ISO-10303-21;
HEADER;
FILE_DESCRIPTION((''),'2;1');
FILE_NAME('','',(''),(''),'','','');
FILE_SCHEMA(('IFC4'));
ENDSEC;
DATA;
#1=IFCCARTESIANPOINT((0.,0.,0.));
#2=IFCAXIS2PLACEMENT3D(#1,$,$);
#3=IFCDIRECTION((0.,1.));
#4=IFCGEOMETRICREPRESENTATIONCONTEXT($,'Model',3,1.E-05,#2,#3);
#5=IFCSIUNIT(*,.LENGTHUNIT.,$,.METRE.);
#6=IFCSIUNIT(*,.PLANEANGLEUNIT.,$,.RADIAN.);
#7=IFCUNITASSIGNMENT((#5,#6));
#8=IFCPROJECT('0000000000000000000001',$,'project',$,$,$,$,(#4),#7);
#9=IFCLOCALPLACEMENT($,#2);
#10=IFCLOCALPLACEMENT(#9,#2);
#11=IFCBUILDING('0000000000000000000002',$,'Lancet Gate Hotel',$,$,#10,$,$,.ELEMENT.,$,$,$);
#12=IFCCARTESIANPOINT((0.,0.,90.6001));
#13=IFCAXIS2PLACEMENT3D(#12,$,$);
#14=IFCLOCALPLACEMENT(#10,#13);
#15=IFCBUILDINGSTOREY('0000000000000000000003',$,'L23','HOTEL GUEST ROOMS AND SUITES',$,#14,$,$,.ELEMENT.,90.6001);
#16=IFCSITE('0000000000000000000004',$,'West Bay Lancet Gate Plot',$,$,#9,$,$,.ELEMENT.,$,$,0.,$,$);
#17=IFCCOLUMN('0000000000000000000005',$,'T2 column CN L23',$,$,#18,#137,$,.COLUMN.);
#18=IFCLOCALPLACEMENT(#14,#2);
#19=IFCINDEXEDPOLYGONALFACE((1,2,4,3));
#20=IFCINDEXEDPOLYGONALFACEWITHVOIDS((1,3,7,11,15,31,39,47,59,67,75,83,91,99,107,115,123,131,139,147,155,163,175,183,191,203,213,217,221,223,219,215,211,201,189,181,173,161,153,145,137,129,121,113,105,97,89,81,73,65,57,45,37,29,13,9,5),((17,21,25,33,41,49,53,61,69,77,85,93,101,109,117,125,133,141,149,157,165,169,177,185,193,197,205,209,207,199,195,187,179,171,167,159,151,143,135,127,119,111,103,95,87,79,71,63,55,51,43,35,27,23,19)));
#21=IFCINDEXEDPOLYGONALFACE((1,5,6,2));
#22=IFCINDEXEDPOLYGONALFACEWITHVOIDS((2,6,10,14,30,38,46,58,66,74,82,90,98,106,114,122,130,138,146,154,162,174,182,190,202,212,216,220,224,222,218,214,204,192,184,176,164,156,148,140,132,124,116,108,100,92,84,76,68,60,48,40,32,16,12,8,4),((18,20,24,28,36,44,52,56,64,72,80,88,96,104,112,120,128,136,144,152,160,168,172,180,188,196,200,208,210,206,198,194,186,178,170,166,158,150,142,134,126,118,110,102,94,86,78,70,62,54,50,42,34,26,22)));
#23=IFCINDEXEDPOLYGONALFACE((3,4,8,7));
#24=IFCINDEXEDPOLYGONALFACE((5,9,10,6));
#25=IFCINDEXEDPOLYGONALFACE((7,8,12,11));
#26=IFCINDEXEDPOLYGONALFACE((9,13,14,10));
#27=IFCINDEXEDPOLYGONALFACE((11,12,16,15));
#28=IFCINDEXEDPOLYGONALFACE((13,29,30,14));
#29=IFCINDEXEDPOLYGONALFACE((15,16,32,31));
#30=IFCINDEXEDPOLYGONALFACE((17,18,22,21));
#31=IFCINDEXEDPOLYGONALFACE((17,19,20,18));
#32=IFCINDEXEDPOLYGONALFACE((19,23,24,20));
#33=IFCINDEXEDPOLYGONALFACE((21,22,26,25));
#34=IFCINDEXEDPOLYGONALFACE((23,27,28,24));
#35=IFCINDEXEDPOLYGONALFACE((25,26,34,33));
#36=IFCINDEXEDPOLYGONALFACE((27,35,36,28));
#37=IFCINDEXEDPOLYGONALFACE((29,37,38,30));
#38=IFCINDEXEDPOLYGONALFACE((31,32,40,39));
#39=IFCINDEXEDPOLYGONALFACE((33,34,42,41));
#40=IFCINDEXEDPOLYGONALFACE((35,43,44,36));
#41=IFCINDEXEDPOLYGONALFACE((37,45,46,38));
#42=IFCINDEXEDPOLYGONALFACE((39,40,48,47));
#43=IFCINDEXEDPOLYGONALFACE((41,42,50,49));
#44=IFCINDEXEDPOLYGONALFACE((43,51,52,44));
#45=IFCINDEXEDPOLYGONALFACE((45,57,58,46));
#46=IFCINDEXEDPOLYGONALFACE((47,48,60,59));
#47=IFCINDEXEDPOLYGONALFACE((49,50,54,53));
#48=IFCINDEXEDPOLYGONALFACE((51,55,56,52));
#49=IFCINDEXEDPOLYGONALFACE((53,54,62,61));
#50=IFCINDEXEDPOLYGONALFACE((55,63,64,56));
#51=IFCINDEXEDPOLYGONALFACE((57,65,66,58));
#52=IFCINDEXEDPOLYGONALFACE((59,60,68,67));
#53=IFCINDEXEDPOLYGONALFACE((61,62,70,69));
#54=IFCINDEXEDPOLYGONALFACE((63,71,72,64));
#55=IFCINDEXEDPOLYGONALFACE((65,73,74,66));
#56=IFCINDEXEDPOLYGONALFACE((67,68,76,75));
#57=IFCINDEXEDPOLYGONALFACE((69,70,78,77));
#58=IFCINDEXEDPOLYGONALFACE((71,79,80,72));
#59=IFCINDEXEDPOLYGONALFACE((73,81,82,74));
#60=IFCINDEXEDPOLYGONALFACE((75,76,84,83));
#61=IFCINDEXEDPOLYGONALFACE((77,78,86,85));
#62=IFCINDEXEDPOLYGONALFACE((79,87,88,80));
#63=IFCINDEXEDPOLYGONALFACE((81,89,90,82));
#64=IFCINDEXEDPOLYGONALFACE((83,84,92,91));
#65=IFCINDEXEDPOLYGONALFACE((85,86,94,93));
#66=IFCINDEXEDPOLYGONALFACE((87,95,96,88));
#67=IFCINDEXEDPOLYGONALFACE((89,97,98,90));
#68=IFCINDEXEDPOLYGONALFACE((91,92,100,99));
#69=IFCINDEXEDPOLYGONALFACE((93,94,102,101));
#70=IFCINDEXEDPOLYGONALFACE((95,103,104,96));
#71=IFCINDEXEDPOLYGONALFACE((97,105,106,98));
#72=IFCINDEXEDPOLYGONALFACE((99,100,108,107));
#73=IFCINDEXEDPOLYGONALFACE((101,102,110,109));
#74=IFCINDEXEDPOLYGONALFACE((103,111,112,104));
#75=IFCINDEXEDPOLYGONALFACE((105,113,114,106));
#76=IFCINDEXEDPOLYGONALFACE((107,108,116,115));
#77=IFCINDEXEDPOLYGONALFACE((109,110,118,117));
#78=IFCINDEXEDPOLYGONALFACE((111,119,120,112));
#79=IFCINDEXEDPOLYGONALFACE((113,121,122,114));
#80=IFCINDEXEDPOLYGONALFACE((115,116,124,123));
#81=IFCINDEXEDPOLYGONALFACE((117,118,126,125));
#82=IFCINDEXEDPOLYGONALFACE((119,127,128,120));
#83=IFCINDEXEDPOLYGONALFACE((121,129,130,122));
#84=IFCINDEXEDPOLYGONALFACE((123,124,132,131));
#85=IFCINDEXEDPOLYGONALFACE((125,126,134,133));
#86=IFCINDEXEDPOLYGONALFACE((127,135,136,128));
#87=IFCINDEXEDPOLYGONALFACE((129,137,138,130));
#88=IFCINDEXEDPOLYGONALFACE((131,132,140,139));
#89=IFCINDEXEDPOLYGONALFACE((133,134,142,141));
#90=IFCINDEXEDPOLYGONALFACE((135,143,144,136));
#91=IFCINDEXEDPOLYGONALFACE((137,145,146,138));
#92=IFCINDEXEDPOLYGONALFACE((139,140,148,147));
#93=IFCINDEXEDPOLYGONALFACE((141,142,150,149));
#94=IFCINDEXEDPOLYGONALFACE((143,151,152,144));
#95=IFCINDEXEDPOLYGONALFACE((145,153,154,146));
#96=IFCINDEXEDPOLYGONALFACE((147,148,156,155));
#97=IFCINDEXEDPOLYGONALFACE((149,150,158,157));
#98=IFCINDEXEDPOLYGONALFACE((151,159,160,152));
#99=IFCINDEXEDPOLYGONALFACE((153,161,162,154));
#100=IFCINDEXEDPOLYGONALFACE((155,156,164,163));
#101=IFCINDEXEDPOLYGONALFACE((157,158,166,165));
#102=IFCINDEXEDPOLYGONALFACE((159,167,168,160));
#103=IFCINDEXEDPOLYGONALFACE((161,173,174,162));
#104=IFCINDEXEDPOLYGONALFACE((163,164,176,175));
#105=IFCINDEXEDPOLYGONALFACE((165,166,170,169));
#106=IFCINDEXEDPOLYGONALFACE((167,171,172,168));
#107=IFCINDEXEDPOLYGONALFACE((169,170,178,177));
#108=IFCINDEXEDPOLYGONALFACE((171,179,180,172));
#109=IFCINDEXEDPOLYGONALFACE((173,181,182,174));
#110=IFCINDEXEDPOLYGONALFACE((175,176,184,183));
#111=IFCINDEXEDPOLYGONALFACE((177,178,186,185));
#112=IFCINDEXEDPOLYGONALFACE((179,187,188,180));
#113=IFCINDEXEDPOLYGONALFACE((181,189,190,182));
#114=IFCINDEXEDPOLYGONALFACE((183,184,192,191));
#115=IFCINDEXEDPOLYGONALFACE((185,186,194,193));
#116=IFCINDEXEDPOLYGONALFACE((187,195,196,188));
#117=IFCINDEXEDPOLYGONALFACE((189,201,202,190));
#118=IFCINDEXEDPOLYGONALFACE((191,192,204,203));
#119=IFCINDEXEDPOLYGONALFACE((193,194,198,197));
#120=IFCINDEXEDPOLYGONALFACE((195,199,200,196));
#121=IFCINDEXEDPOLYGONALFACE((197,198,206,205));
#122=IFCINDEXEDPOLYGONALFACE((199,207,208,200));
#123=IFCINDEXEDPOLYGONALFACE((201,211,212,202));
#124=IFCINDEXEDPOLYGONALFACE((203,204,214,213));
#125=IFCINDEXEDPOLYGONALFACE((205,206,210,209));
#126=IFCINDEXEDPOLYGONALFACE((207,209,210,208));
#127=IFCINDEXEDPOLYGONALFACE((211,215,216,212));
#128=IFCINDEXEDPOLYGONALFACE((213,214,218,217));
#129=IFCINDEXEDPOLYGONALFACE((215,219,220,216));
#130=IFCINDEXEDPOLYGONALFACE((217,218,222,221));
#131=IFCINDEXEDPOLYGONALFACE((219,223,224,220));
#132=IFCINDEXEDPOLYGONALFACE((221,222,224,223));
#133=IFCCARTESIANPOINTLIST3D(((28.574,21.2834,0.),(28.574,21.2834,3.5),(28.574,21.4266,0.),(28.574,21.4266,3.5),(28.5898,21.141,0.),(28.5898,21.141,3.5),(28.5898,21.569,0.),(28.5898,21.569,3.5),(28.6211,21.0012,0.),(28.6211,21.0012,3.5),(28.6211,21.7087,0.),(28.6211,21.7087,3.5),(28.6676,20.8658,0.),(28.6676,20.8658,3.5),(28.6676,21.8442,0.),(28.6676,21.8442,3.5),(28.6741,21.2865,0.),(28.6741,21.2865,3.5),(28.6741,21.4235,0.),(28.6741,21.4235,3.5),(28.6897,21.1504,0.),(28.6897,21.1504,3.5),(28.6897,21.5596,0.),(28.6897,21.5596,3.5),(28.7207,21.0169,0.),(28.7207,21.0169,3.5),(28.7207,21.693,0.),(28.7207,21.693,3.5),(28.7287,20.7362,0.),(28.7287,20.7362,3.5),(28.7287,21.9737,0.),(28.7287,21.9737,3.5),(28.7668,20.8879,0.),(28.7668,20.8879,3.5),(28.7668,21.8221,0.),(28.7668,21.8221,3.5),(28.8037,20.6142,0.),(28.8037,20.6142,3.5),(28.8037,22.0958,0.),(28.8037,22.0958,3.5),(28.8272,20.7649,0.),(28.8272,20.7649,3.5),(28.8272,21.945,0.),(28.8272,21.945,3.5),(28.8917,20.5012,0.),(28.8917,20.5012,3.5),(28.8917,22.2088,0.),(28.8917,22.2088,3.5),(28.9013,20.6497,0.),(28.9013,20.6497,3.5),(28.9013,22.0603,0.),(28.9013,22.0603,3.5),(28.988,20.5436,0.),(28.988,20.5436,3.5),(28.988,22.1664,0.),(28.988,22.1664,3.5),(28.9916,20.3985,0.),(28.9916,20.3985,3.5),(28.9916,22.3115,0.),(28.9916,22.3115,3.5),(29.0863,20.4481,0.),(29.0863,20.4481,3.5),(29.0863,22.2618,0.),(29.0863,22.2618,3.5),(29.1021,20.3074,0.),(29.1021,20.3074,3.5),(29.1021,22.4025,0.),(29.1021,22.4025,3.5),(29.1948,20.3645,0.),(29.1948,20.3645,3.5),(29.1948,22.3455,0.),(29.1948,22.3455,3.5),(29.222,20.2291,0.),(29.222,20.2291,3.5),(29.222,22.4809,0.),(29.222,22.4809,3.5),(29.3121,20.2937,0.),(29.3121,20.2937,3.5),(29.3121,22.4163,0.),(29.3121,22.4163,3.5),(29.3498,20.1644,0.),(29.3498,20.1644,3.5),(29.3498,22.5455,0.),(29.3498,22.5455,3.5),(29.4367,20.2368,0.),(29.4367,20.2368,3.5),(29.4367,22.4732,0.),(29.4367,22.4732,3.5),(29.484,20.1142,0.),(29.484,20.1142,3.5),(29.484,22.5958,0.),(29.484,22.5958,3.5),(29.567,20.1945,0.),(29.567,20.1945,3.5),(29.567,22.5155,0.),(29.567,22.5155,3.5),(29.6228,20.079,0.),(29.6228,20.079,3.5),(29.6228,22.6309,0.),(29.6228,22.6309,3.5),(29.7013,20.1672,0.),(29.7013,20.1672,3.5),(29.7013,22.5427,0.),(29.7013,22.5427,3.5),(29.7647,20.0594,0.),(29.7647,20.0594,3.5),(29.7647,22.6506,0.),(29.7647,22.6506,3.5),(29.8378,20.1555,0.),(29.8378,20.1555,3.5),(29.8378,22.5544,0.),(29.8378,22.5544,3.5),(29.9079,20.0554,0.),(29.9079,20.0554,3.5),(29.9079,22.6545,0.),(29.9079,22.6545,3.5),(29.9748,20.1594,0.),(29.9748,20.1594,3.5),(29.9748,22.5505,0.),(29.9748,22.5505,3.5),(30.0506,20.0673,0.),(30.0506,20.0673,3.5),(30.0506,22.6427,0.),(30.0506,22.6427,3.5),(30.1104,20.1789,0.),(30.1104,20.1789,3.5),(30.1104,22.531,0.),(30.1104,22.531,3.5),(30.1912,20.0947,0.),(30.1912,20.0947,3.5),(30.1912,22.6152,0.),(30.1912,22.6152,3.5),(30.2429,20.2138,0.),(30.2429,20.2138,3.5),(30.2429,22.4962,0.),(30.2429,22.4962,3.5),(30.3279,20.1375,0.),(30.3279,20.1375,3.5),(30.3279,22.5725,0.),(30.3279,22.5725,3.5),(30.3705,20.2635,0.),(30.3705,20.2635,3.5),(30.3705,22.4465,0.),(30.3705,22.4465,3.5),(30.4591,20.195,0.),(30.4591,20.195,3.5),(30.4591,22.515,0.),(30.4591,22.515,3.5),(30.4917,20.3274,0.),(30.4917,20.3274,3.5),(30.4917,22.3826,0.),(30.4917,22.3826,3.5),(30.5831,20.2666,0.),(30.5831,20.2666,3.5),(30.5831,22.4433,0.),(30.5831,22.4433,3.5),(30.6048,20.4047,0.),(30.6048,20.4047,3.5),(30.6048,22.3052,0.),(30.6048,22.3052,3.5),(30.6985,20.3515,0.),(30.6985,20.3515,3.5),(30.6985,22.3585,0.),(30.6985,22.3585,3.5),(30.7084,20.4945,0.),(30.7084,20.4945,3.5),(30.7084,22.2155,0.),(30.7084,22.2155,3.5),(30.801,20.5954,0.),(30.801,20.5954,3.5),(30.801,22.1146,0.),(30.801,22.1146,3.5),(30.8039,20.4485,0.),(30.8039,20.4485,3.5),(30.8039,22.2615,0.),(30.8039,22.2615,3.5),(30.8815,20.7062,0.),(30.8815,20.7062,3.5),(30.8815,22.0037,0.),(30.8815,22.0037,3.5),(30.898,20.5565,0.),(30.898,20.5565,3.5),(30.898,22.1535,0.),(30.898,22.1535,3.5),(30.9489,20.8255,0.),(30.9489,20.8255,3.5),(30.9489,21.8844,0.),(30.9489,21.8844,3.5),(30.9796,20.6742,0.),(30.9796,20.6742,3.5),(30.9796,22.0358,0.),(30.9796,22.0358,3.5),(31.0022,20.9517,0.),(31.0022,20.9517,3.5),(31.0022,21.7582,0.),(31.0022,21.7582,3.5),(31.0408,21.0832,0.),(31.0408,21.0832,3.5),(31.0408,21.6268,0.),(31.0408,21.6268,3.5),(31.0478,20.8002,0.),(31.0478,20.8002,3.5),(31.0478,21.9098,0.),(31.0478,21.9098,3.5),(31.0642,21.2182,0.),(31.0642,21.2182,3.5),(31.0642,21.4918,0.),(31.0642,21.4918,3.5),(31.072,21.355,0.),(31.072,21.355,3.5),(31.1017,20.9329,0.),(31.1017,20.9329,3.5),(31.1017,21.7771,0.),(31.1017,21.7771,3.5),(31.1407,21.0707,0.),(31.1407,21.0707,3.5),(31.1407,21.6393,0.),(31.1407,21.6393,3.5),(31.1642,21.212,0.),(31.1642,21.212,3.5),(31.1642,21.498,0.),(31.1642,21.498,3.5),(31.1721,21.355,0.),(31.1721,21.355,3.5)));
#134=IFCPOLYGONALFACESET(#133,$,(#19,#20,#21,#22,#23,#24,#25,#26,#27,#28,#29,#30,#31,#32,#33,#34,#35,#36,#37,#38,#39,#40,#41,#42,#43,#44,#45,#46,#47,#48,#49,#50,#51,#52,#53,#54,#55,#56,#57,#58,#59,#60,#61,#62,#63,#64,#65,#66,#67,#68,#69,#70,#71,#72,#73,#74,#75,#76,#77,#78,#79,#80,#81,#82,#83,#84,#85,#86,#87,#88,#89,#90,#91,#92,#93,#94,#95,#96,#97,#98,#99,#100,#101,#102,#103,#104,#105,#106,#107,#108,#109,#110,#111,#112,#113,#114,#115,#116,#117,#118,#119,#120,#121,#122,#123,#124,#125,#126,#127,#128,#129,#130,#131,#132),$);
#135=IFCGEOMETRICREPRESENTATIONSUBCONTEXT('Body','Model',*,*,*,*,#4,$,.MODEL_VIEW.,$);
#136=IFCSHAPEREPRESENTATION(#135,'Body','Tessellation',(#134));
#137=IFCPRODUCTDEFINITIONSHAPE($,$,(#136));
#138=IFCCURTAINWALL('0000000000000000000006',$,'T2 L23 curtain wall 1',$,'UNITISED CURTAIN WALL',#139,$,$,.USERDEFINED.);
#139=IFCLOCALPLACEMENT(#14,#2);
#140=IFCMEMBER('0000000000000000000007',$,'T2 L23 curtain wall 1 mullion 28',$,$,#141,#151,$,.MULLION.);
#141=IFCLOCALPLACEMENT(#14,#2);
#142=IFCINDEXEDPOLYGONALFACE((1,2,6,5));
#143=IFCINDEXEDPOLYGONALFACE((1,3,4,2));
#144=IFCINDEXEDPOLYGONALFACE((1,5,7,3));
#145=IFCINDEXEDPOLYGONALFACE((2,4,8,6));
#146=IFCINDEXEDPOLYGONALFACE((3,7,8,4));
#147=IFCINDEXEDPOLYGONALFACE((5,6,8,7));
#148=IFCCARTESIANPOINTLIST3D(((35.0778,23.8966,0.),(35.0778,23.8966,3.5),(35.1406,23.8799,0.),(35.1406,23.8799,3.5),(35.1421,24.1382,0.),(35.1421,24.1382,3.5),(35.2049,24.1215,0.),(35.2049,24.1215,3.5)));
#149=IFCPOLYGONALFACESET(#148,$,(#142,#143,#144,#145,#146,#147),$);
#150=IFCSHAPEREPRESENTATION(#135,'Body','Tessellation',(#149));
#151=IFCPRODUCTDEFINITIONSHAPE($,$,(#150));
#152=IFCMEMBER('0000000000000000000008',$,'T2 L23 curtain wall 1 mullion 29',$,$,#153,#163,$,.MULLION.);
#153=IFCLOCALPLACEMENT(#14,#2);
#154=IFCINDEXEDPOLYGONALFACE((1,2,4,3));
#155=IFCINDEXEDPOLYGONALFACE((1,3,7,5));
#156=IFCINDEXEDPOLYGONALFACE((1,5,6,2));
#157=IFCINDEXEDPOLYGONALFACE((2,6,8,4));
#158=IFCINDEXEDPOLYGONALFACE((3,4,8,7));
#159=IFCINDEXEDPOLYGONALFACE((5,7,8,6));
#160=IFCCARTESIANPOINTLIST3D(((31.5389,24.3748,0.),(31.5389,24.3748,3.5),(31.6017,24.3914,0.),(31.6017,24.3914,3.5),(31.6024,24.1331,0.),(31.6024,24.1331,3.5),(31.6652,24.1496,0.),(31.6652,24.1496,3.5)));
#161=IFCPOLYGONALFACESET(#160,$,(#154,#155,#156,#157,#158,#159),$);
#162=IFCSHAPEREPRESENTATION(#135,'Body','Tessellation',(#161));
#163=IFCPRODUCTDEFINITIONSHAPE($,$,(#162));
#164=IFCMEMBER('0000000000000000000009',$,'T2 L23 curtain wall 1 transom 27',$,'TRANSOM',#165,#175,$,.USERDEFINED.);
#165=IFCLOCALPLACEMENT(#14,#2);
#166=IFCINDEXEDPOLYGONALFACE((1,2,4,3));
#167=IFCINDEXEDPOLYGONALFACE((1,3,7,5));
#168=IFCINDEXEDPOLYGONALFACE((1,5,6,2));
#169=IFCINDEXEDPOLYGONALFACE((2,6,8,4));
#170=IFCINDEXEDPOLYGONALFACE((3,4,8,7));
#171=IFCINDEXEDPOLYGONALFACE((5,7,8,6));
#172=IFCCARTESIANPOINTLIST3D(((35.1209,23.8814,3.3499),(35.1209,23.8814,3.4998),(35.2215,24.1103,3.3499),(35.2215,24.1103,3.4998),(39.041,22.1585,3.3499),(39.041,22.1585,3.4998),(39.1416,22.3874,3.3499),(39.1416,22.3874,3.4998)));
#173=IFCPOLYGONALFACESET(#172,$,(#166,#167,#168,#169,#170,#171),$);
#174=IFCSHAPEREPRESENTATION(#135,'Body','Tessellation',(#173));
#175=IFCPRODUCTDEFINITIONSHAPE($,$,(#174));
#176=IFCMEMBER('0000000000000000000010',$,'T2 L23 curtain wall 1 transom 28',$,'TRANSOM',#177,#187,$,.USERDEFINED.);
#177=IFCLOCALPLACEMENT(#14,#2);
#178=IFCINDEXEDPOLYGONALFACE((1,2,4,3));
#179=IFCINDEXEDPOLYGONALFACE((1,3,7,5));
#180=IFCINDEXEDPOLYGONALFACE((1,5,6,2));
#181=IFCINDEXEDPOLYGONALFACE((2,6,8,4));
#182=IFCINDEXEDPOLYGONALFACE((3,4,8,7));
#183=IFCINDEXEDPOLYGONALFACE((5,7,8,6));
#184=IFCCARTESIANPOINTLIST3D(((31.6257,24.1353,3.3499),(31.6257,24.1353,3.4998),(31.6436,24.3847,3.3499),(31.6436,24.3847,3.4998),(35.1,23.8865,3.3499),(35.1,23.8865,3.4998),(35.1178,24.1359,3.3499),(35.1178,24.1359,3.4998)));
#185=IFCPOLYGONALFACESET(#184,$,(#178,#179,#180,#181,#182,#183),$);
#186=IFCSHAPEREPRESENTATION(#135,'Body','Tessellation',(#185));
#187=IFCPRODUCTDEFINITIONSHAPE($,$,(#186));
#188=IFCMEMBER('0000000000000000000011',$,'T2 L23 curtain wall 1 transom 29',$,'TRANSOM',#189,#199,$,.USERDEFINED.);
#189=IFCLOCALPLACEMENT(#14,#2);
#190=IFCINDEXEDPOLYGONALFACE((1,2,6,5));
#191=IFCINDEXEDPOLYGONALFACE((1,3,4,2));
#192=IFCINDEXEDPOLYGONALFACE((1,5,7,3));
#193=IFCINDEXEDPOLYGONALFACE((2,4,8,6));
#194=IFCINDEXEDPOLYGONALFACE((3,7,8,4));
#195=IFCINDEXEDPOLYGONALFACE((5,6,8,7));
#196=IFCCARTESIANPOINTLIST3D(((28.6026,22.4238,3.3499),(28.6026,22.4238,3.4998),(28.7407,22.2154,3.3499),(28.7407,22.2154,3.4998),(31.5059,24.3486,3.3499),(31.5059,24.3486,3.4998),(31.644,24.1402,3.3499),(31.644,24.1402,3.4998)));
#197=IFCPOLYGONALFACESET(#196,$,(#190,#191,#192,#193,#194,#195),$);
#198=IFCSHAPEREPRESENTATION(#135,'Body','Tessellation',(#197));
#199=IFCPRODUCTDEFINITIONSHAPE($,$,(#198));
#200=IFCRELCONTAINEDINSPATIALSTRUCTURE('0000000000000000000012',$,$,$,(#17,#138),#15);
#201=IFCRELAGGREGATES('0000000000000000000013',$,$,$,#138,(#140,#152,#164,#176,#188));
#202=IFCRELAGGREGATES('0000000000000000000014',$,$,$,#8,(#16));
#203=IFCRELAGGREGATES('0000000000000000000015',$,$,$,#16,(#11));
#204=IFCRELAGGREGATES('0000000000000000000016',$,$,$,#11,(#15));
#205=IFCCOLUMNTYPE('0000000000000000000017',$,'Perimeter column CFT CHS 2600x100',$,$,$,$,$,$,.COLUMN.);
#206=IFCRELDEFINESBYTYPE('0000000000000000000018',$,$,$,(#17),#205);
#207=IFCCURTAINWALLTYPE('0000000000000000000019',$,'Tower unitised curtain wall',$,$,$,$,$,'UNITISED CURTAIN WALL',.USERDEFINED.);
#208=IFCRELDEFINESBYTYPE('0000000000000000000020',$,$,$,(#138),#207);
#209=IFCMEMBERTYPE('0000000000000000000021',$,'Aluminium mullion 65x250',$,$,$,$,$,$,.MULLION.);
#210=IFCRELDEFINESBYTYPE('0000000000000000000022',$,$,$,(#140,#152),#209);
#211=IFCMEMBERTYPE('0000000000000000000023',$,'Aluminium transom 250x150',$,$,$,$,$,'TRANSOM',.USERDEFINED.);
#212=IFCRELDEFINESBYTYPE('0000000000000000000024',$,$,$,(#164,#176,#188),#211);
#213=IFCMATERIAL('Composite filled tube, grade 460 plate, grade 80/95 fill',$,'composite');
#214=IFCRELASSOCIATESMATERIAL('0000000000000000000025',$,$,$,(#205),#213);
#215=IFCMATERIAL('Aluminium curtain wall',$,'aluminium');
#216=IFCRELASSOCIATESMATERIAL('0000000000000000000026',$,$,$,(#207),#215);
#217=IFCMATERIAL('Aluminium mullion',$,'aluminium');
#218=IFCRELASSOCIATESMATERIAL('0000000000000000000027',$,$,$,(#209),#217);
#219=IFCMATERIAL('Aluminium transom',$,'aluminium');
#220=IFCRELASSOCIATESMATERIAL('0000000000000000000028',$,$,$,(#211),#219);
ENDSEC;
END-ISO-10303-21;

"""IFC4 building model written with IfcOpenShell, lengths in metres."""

from ifc_helpers import new_model, si_unit, direction, frame, origin, origin_2d, place, context, subcontext, project, spatial, rectangle, hollow_circle, extrude, material, material_profile, profile_set, type_object, element, aggregate, save


model = new_model("IFC4")

# Units and contexts
model_context = context("Model", 3, precision=1e-05, world=origin(), true_north=direction((0.0, 1.0)))
body_context = subcontext(model_context, "Body", "Model", "MODEL_VIEW")
ifc_project = project(units=[si_unit("LENGTHUNIT", "METRE"), si_unit("PLANEANGLEUNIT", "RADIAN")], contexts=[model_context])

# Site, building, storey
site_placement = place(None, origin())
site = spatial("IfcSite", under=ifc_project, at=site_placement, Name="West Bay Lancet Gate Plot", CompositionType="ELEMENT", RefElevation=0.0)
building_placement = place(site_placement, origin())
building = spatial("IfcBuilding", under=site, at=building_placement, Name="Lancet Gate Hotel", CompositionType="ELEMENT")
storey_placement = place(building_placement, frame((0.0, 0.0, 90.6001)))
storey = spatial("IfcBuildingStorey", under=building, at=storey_placement, Name="L23", Description="HOTEL GUEST ROOMS AND SUITES", CompositionType="ELEMENT", Elevation=90.6001)

# Column
ifc_material_1 = material(Name="Composite filled tube, grade 460 plate, grade 80/95 fill", Category="composite")
ifc_material_profile_1 = material_profile(ifc_material_1, hollow_circle(Radius=1.3, WallThickness=0.1001, at=origin_2d()), Name="CHS 2600x100")
ifc_profile_set_1 = profile_set([ifc_material_profile_1], Name="Composite filled tube, grade 460 plate, grade 80/95 fill")
column_type = type_object("IfcColumnType", Name="Perimeter column CFT CHS 2600x100", PredefinedType="COLUMN", material=ifc_profile_set_1)
column_placement = place(storey_placement, frame((29.8721, 21.355, 0.0), z_axis=(0.0, 0.0, 1.0), x_axis=(1.0, 0.0, 0.0)))
element("IfcColumn", 1, at=column_placement, inside=storey, type_object=column_type, Name="T2 column CN L23", PredefinedType="COLUMN", context=body_context, shape_type="SweptSolid", body=[
    extrude(hollow_circle(Radius=1.3, WallThickness=0.1001, at=origin_2d()), origin(), (0.0, 0.0, 1.0), 3.5),
])

# Curtain wall, members
ifc_material_2 = material(Name="Aluminium curtain wall", Category="aluminium")
curtain_wall_type = type_object("IfcCurtainWallType", Name="Tower unitised curtain wall", ElementType="UNITISED CURTAIN WALL", PredefinedType="USERDEFINED", material=ifc_material_2)
curtain_wall_placement = place(storey_placement, origin())
curtain_wall = element("IfcCurtainWall", 2, at=curtain_wall_placement, inside=storey, type_object=curtain_wall_type, Name="T2 L23 curtain wall 1", ObjectType="UNITISED CURTAIN WALL", PredefinedType="USERDEFINED")
ifc_material_3 = material(Name="Aluminium mullion", Category="aluminium")
ifc_material_profile_2 = material_profile(ifc_material_3, rectangle(XDim=0.0649, YDim=0.25, at=origin_2d()), Name="MULLION 65x250")
ifc_profile_set_2 = profile_set([ifc_material_profile_2], Name="Aluminium mullion")
member_type_1 = type_object("IfcMemberType", Name="Aluminium mullion 65x250", PredefinedType="MULLION", material=ifc_profile_set_2)
member_1_placement = place(storey_placement, frame((35.1414, 24.009, 0.0), z_axis=(0.0, 0.0, 1.0), x_axis=(-0.966317, 0.257353, 0.0)))
member_1 = element("IfcMember", 3, at=member_1_placement, type_object=member_type_1, Name="T2 L23 curtain wall 1 mullion 28", PredefinedType="MULLION", context=body_context, shape_type="SweptSolid", body=[
    extrude(rectangle(XDim=0.0649, YDim=0.25, at=origin_2d()), origin(), (0.0, 0.0, 1.0), 3.5),
])
member_2_placement = place(storey_placement, frame((31.6021, 24.2622, 0.0), z_axis=(0.0, 0.0, 1.0), x_axis=(-0.967157, -0.254179, 0.0)))
member_2 = element("IfcMember", 4, at=member_2_placement, type_object=member_type_1, Name="T2 L23 curtain wall 1 mullion 29", PredefinedType="MULLION", context=body_context, shape_type="SweptSolid", body=[
    extrude(rectangle(XDim=0.0649, YDim=0.25, at=origin_2d()), origin(), (0.0, 0.0, 1.0), 3.5),
])
ifc_material_4 = material(Name="Aluminium transom", Category="aluminium")
ifc_material_profile_3 = material_profile(ifc_material_4, rectangle(XDim=0.25, YDim=0.1499, at=origin_2d()), Name="TRANSOM 250x150")
ifc_profile_set_3 = profile_set([ifc_material_profile_3], Name="Aluminium transom")
member_type_2 = type_object("IfcMemberType", Name="Aluminium transom 250x150", ElementType="TRANSOM", PredefinedType="USERDEFINED", material=ifc_profile_set_3)
member_3_placement = place(storey_placement, frame((39.0913, 22.2729, 3.4248), z_axis=(-0.915485, 0.402353, 0.0), x_axis=(-0.402353, -0.915485, 0.0)))
member_3 = element("IfcMember", 5, at=member_3_placement, type_object=member_type_2, Name="T2 L23 curtain wall 1 transom 27", ObjectType="TRANSOM", PredefinedType="USERDEFINED", context=body_context, shape_type="SweptSolid", body=[
    extrude(rectangle(XDim=0.25, YDim=0.1499, at=origin_2d()), origin(), (0.0, 0.0, 1.0), 4.282),
])
member_4_placement = place(storey_placement, frame((35.1089, 24.0112, 3.4248), z_axis=(-0.997446, 0.071421, 0.0), x_axis=(-0.071421, -0.997446, 0.0)))
member_4 = element("IfcMember", 6, at=member_4_placement, type_object=member_type_2, Name="T2 L23 curtain wall 1 transom 28", ObjectType="TRANSOM", PredefinedType="USERDEFINED", context=body_context, shape_type="SweptSolid", body=[
    extrude(rectangle(XDim=0.25, YDim=0.1499, at=origin_2d()), origin(), (0.0, 0.0, 1.0), 3.4832),
])
member_5_placement = place(storey_placement, frame((31.575, 24.2444, 3.4248), z_axis=(-0.833471, -0.552563, 0.0), x_axis=(0.552563, -0.833471, 0.0)))
member_5 = element("IfcMember", 7, at=member_5_placement, type_object=member_type_2, Name="T2 L23 curtain wall 1 transom 29", ObjectType="TRANSOM", PredefinedType="USERDEFINED", context=body_context, shape_type="SweptSolid", body=[
    extrude(rectangle(XDim=0.25, YDim=0.1499, at=origin_2d()), origin(), (0.0, 0.0, 1.0), 3.4834),
])

aggregate(curtain_wall, [member_1, member_2, member_3, member_4, member_5])

save(model, "model.ifc")
